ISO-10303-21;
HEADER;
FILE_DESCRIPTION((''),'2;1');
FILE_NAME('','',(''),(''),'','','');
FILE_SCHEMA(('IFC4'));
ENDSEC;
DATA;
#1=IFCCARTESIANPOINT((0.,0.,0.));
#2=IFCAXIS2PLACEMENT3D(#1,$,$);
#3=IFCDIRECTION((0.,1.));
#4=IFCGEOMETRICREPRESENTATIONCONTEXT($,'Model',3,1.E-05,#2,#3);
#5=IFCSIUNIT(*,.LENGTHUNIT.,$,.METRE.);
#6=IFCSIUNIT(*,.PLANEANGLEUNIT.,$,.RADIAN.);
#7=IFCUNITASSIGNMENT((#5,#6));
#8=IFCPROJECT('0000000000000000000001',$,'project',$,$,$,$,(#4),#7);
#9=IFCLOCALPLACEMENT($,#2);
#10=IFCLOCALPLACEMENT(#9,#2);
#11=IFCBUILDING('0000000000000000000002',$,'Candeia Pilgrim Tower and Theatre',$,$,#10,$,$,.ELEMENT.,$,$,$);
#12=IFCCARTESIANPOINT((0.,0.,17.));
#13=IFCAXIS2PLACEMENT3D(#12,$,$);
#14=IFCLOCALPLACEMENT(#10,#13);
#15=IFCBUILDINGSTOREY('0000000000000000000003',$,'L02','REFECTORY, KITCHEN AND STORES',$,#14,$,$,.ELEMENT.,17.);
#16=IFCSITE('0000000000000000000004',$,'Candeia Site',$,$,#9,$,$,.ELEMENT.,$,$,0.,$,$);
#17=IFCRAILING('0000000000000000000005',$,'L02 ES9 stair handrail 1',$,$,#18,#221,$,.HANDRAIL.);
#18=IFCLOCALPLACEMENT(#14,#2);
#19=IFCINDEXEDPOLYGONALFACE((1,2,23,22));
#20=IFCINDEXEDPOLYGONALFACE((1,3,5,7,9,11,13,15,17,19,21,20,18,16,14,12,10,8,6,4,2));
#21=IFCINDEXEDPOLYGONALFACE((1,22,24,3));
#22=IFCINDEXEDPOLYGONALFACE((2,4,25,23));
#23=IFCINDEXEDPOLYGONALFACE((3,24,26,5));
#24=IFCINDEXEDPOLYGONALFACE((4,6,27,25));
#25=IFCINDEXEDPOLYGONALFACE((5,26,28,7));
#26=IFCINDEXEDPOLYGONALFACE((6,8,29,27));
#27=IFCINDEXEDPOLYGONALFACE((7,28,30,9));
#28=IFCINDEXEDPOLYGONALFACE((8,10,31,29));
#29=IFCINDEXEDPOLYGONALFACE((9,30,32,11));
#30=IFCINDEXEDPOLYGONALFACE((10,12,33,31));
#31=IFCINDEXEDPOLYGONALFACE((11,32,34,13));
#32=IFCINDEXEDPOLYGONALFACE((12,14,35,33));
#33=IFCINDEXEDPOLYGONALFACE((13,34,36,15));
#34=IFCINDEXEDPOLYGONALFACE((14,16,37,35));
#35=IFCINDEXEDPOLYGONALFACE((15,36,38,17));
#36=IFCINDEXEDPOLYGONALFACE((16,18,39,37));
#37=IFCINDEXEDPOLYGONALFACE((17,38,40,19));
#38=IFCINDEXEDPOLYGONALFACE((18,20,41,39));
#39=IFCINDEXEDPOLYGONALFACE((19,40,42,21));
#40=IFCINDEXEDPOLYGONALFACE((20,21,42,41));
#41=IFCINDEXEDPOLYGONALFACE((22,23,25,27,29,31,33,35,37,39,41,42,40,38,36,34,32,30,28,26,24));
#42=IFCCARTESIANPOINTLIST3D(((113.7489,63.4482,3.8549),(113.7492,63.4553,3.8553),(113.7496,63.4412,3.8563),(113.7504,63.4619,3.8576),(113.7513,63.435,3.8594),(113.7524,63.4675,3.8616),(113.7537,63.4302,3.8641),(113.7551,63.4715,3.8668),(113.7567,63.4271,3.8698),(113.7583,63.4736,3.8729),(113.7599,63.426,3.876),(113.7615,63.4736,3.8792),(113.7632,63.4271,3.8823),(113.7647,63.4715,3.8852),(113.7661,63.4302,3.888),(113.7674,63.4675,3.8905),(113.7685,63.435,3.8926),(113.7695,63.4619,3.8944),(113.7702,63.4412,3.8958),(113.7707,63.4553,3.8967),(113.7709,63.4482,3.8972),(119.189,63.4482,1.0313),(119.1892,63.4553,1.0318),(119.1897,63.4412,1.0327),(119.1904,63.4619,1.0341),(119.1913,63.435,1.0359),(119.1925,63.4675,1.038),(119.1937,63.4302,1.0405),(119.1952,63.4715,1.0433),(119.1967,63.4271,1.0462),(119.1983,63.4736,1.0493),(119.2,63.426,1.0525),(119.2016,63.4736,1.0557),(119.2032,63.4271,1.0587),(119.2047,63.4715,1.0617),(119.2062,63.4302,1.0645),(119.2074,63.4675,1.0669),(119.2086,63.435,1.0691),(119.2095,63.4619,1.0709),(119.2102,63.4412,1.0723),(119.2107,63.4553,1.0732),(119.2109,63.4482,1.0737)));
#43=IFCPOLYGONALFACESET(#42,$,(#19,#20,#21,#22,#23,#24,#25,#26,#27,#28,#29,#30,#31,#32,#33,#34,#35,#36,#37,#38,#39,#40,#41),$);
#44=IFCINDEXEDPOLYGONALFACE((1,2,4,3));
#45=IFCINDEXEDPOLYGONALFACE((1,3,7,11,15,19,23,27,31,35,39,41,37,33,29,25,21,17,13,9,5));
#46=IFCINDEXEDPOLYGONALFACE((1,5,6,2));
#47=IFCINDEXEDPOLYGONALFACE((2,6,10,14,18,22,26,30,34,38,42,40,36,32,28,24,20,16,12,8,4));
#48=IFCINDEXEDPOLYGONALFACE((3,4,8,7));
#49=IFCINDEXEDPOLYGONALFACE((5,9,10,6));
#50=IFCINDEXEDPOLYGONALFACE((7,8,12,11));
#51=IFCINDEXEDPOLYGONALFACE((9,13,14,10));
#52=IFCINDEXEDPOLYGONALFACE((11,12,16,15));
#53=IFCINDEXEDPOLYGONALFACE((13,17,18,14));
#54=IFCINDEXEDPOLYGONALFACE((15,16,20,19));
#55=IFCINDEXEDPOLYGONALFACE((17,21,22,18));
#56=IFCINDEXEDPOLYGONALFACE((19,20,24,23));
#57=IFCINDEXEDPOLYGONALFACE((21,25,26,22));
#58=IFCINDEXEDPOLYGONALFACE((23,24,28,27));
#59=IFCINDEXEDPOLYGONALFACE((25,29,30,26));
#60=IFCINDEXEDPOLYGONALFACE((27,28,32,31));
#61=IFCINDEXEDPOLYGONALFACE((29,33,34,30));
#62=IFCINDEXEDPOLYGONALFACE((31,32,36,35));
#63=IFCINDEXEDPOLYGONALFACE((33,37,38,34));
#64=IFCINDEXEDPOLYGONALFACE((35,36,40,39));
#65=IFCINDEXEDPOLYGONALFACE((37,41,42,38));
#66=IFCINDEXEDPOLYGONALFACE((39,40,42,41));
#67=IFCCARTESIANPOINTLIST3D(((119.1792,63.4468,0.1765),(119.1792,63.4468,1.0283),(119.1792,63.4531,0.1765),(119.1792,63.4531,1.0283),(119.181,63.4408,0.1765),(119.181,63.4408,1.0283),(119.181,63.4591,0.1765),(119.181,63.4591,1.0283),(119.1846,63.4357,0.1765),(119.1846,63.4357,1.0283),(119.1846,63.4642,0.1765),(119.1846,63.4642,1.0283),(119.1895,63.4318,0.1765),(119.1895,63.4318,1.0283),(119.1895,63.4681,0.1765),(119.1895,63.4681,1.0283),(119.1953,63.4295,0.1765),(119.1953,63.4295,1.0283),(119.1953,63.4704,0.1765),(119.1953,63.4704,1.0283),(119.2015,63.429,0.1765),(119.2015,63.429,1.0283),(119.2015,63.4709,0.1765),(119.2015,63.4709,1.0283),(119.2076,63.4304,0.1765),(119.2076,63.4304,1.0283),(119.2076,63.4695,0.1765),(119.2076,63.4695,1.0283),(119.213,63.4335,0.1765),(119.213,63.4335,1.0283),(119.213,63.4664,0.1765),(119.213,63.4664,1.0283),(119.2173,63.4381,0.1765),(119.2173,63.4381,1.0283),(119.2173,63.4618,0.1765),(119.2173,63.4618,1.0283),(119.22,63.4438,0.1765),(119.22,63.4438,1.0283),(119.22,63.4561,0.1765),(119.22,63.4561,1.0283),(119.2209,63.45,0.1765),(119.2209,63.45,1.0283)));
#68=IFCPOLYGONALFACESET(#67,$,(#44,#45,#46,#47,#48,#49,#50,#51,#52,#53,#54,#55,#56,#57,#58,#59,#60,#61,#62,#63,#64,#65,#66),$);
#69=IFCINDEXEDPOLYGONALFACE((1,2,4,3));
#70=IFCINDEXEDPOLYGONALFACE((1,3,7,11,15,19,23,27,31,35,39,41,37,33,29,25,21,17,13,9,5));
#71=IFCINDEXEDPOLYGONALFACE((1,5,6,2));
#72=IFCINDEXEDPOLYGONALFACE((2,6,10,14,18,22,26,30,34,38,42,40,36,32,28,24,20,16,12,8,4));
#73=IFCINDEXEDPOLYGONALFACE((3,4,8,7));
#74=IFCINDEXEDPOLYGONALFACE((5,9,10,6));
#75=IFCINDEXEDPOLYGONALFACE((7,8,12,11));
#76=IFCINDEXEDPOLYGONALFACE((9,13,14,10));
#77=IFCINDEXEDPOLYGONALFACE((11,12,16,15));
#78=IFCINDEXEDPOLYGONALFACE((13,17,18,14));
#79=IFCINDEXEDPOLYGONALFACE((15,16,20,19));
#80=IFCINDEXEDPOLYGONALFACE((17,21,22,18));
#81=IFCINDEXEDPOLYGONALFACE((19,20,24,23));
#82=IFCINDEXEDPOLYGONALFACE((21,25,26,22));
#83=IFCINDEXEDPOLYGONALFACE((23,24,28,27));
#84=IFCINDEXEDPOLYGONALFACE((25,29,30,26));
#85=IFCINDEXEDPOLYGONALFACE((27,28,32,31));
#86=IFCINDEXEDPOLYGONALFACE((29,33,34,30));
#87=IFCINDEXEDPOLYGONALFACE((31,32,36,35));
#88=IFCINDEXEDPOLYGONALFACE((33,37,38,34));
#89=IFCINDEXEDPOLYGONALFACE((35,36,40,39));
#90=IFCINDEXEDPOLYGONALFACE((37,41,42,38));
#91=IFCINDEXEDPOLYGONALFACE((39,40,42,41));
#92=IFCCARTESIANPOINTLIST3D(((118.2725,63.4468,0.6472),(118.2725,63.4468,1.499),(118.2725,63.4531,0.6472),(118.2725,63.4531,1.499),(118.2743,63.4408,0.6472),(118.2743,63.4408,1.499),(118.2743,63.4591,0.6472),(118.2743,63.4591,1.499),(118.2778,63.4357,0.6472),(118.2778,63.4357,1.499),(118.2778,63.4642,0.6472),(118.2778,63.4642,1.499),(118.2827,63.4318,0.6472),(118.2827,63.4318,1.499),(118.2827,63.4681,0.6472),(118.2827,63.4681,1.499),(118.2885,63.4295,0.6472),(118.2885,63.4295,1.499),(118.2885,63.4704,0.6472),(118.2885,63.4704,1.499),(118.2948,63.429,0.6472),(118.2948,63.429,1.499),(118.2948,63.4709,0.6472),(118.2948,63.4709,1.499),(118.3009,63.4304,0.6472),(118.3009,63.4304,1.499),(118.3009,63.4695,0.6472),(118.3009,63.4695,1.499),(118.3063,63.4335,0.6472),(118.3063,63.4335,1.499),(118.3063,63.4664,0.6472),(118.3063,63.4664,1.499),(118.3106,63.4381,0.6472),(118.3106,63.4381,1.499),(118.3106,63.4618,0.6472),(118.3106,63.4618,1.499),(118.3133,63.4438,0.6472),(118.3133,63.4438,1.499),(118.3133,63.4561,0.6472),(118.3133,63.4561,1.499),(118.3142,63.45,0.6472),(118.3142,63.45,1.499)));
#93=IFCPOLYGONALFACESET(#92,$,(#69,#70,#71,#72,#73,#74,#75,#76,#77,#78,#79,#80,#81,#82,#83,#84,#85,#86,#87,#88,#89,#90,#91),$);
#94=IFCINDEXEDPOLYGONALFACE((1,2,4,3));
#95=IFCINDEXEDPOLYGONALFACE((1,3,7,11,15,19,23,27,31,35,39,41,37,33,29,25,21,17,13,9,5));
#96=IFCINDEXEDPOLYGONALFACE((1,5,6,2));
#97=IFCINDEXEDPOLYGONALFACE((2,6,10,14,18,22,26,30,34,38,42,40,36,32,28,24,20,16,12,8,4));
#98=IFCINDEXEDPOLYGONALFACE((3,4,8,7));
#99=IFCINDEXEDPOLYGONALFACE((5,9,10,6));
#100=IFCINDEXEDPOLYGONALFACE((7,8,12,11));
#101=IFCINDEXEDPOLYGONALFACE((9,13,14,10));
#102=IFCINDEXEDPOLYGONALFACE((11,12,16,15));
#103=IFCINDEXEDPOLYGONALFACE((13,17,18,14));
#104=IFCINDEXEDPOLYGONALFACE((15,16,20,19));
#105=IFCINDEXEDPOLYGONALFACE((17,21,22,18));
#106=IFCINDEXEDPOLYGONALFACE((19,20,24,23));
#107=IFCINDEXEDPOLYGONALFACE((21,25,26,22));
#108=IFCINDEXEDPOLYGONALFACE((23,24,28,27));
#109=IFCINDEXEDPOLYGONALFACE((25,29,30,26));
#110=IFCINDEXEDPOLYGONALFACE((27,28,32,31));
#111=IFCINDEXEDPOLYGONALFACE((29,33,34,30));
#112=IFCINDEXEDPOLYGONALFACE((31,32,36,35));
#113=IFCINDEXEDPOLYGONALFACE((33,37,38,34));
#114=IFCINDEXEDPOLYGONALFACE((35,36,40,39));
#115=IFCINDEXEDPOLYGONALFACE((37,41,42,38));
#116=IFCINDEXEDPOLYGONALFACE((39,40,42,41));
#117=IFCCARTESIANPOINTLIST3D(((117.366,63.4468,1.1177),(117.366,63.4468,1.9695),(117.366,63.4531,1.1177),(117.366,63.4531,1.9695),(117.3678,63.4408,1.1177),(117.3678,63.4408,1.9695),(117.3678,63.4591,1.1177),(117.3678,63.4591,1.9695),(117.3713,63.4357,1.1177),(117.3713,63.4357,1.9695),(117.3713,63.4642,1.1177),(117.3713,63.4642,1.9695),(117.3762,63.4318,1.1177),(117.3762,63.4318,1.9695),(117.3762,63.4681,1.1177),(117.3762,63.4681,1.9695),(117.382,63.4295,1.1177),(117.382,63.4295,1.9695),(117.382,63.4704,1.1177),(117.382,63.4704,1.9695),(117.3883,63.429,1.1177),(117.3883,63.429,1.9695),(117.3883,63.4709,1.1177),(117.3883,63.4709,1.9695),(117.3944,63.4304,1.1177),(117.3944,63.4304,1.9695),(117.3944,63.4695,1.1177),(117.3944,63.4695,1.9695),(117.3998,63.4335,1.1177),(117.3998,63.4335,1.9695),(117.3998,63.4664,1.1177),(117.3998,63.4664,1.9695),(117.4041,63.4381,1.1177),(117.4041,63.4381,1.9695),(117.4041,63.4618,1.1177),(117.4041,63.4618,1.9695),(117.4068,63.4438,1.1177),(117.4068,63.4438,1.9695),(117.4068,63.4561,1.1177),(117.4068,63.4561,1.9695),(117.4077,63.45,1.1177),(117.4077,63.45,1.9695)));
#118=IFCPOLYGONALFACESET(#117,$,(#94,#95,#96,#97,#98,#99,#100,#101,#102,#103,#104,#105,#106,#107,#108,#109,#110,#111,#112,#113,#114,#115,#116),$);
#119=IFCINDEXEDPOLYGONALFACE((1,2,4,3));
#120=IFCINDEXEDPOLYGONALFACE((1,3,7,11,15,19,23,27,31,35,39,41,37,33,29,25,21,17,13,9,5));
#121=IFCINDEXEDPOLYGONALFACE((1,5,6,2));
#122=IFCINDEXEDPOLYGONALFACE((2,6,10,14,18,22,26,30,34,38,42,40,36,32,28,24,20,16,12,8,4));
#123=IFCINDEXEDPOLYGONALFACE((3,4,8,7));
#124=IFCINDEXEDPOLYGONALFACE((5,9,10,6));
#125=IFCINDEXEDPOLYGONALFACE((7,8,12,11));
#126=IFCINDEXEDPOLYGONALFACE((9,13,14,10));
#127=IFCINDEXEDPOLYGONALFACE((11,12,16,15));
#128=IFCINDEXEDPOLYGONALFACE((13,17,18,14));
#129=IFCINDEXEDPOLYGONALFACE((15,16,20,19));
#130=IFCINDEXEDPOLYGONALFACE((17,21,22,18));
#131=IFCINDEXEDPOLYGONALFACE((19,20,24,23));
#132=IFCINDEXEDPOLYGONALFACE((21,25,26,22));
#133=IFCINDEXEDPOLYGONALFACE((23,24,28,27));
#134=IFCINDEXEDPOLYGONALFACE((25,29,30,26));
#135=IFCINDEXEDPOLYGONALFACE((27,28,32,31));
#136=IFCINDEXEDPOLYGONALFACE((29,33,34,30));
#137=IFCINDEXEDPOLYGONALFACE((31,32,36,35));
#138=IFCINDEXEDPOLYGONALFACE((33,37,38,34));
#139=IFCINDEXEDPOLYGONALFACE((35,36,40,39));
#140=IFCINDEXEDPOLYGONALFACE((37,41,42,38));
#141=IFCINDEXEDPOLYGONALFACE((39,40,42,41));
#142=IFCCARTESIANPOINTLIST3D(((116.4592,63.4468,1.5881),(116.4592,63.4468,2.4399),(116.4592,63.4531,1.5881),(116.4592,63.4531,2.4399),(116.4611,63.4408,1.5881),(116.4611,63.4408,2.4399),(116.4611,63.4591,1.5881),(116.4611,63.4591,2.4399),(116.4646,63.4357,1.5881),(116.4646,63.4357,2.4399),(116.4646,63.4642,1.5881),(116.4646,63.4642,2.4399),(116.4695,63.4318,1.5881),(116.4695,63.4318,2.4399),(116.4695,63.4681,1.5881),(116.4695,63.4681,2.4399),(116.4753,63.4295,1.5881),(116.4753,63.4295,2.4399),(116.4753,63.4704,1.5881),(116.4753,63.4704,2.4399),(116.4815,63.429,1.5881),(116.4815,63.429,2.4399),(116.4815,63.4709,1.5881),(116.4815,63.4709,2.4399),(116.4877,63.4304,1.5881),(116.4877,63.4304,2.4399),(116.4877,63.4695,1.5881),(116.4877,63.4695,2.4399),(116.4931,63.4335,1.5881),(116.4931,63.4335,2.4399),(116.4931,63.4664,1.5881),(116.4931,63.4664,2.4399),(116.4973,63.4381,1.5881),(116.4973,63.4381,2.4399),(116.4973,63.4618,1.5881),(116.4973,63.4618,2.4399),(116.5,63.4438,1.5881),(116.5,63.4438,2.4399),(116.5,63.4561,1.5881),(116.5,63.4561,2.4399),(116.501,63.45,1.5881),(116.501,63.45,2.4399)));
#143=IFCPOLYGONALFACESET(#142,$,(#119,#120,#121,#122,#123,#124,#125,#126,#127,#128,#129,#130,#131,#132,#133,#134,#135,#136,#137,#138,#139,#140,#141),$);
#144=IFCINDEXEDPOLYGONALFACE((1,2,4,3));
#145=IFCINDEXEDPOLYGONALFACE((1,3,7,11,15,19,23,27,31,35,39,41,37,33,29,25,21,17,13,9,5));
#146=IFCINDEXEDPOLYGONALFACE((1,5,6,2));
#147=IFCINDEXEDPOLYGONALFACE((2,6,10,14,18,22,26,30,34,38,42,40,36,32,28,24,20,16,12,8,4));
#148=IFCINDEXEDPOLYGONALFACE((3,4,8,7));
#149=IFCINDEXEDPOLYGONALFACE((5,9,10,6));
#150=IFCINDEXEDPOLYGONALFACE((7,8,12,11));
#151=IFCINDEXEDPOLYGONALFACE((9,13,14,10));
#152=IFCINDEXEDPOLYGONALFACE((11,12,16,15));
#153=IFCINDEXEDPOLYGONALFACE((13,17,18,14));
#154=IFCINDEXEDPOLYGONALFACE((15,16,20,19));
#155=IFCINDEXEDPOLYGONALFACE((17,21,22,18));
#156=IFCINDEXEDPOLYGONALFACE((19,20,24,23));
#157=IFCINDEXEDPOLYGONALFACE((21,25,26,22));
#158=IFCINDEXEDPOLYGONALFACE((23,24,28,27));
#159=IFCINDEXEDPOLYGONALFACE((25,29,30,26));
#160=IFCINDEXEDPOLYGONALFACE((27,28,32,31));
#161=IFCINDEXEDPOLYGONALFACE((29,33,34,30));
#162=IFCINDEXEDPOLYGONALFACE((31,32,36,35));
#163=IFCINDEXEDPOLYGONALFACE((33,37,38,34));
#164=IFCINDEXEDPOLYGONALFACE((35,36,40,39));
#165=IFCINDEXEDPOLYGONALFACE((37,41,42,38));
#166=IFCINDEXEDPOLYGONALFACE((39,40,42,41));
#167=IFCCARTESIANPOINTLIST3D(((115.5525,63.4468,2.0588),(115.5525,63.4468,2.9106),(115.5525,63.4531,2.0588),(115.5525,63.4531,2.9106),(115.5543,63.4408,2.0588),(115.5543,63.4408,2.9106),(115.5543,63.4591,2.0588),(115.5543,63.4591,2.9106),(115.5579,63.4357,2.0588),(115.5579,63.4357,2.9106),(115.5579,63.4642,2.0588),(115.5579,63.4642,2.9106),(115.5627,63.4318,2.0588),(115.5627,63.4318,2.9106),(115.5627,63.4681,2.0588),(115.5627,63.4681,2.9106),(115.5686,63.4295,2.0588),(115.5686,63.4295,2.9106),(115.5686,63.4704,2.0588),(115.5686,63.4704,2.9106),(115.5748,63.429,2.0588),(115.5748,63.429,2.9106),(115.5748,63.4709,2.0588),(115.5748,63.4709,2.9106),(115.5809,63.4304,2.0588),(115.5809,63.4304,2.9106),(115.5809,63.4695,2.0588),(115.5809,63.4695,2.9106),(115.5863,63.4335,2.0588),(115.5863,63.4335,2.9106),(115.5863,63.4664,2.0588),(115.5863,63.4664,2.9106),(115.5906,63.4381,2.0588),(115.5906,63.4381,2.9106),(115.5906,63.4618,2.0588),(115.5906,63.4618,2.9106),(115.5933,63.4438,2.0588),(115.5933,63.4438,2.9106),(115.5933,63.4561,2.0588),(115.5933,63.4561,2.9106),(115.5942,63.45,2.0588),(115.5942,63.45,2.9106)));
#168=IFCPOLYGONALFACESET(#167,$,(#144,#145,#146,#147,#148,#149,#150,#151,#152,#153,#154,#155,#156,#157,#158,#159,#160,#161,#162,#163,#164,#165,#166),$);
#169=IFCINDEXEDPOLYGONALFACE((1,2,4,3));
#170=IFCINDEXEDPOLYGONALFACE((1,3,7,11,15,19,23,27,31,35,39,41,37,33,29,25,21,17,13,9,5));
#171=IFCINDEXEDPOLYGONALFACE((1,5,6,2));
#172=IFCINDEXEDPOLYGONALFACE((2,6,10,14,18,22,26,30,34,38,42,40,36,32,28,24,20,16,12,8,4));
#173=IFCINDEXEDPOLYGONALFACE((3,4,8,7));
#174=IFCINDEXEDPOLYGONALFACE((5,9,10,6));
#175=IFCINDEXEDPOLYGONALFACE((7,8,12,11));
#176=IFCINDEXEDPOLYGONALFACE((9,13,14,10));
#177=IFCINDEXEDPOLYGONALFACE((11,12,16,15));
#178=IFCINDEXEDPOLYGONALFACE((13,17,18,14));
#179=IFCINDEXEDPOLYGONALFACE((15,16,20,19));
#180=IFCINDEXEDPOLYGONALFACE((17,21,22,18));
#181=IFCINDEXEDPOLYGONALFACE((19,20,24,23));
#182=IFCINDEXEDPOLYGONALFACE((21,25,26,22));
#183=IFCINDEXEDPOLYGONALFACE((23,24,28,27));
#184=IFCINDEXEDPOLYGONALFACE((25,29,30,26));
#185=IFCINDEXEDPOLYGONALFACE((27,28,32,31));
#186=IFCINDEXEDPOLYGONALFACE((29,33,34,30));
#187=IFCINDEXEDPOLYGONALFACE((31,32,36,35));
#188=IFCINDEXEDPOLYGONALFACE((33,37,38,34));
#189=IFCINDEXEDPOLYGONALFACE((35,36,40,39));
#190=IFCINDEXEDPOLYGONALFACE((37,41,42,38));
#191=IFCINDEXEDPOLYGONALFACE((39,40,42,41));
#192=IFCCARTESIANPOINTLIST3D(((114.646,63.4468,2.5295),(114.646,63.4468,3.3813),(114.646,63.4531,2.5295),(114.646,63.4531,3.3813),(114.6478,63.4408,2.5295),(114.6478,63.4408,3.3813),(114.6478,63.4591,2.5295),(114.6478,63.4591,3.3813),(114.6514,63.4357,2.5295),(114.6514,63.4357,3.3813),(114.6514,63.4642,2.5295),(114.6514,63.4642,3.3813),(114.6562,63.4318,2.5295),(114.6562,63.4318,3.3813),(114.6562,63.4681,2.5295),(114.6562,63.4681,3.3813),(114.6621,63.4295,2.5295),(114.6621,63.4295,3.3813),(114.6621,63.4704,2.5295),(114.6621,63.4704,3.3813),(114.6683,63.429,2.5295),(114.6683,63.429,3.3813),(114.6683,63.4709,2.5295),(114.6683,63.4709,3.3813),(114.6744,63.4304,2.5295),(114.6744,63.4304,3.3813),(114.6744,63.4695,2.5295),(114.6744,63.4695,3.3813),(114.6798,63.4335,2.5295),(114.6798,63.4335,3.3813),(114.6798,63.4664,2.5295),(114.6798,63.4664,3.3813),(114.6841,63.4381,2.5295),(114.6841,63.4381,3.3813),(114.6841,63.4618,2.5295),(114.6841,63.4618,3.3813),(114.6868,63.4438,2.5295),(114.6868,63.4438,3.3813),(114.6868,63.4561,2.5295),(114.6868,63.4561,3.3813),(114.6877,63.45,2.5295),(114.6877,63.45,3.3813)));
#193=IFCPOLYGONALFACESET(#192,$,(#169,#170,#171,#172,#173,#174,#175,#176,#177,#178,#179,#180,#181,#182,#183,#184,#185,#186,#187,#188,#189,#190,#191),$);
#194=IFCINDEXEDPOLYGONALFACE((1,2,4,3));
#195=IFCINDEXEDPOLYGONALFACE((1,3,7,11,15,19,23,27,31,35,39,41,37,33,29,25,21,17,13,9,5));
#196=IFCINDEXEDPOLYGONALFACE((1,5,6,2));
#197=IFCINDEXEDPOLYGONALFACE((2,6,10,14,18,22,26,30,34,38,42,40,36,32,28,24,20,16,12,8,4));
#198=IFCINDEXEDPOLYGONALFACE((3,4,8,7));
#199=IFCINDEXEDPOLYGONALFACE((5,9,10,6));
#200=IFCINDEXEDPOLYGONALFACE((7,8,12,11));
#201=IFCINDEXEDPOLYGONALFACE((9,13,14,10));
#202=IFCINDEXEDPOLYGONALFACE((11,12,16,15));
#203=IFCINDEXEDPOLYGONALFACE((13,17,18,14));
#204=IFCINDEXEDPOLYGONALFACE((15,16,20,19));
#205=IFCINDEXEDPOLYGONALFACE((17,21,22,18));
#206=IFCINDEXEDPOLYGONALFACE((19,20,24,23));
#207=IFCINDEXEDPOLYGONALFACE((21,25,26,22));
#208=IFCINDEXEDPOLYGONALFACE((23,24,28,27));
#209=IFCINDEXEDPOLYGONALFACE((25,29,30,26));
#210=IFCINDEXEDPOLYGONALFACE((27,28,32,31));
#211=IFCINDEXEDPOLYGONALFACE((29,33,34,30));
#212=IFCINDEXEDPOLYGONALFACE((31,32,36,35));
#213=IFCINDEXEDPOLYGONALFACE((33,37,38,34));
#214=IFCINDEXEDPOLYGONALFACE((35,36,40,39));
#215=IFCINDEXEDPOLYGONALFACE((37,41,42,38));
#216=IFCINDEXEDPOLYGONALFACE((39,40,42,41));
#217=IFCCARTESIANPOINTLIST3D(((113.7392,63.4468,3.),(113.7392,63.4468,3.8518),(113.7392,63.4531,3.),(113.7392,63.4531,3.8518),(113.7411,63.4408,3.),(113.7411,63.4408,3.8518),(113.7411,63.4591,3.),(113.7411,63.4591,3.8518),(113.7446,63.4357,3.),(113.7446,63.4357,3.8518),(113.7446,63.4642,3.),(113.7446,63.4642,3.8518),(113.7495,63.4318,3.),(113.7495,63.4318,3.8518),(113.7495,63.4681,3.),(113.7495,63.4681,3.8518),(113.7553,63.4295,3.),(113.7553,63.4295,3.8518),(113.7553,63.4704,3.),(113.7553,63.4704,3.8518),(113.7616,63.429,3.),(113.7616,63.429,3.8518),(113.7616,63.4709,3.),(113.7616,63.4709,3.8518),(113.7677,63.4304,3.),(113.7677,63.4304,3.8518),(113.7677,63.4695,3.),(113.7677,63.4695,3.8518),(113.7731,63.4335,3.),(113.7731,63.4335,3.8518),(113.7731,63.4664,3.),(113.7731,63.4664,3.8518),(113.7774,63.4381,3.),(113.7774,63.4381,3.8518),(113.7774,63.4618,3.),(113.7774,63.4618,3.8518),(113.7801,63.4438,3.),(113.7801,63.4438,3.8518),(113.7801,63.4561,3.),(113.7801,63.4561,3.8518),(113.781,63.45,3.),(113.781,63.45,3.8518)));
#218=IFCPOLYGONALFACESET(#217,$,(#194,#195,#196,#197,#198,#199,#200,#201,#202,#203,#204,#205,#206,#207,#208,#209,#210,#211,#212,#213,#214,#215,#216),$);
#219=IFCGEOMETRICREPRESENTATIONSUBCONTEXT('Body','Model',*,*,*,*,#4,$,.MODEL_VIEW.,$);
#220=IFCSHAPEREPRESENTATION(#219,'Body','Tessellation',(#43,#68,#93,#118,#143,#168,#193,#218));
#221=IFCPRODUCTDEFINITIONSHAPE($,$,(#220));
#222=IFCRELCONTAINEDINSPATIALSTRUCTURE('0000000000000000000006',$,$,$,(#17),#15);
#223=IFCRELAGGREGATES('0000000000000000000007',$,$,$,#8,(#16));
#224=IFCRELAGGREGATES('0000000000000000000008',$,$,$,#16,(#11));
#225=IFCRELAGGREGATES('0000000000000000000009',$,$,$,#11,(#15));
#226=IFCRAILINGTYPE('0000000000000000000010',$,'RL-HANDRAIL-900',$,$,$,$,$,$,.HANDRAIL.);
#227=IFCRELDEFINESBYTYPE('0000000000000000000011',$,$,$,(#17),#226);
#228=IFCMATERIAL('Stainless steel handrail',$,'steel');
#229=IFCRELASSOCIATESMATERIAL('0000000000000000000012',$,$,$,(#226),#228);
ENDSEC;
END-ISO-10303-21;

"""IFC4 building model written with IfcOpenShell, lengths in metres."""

from ifc_helpers import new_model, si_unit, direction, frame, origin, origin_2d, place, context, subcontext, project, spatial, circle, extrude, material, type_object, element, save


model = new_model("IFC4")

# Units and contexts
model_context = context("Model", 3, precision=1e-05, world=origin(), true_north=direction((0.0, 1.0)))
body_context = subcontext(model_context, "Body", "Model", "MODEL_VIEW")
ifc_project = project(units=[si_unit("LENGTHUNIT", "METRE"), si_unit("PLANEANGLEUNIT", "RADIAN")], contexts=[model_context])

# Site, building, storey
site_placement = place(None, origin())
site = spatial("IfcSite", under=ifc_project, at=site_placement, Name="Candeia Site", CompositionType="ELEMENT", RefElevation=0.0)
building_placement = place(site_placement, origin())
building = spatial("IfcBuilding", under=site, at=building_placement, Name="Candeia Pilgrim Tower and Theatre", CompositionType="ELEMENT")
storey_placement = place(building_placement, frame((0.0, 0.0, 17.0)))
storey = spatial("IfcBuildingStorey", under=building, at=storey_placement, Name="L02", Description="REFECTORY, KITCHEN AND STORES", CompositionType="ELEMENT", Elevation=17.0)

# Railing
ifc_material_1 = material(Name="Stainless steel handrail", Category="steel")
railing_type_1 = type_object("IfcRailingType", Name="RL-HANDRAIL-900", PredefinedType="HANDRAIL", material=ifc_material_1)
railing_1_placement = place(storey_placement, frame((119.2, 63.45, 0.1765)))
element("IfcRailing", 1, at=railing_1_placement, inside=storey, type_object=railing_type_1, Name="L02 ES9 stair handrail 1", PredefinedType="HANDRAIL", context=body_context, shape_type="SweptSolid", body=[
    extrude(circle(Radius=0.0239, at=origin_2d()), frame((0.0, 0.0, 0.876), z_axis=(-0.887569, 0.0, 0.460674), x_axis=(0.0, -1.0, 0.0)), (0.0, 0.0, 1.0), 6.1292),
    extrude(circle(Radius=0.021, at=origin_2d()), origin(), (0.0, 0.0, 1.0), 0.8518),
    extrude(circle(Radius=0.021, at=origin_2d()), frame((-0.9067, 0.0, 0.4707)), (0.0, 0.0, 1.0), 0.8518),
    extrude(circle(Radius=0.021, at=origin_2d()), frame((-1.8132, 0.0, 0.9412)), (0.0, 0.0, 1.0), 0.8518),
    extrude(circle(Radius=0.021, at=origin_2d()), frame((-2.72, 0.0, 1.4116)), (0.0, 0.0, 1.0), 0.8518),
    extrude(circle(Radius=0.021, at=origin_2d()), frame((-3.6267, 0.0, 1.8823)), (0.0, 0.0, 1.0), 0.8518),
    extrude(circle(Radius=0.021, at=origin_2d()), frame((-4.5332, 0.0, 2.353)), (0.0, 0.0, 1.0), 0.8518),
    extrude(circle(Radius=0.021, at=origin_2d()), frame((-5.4399, 0.0, 2.8235)), (0.0, 0.0, 1.0), 0.8518),
])

save(model, "model.ifc")
